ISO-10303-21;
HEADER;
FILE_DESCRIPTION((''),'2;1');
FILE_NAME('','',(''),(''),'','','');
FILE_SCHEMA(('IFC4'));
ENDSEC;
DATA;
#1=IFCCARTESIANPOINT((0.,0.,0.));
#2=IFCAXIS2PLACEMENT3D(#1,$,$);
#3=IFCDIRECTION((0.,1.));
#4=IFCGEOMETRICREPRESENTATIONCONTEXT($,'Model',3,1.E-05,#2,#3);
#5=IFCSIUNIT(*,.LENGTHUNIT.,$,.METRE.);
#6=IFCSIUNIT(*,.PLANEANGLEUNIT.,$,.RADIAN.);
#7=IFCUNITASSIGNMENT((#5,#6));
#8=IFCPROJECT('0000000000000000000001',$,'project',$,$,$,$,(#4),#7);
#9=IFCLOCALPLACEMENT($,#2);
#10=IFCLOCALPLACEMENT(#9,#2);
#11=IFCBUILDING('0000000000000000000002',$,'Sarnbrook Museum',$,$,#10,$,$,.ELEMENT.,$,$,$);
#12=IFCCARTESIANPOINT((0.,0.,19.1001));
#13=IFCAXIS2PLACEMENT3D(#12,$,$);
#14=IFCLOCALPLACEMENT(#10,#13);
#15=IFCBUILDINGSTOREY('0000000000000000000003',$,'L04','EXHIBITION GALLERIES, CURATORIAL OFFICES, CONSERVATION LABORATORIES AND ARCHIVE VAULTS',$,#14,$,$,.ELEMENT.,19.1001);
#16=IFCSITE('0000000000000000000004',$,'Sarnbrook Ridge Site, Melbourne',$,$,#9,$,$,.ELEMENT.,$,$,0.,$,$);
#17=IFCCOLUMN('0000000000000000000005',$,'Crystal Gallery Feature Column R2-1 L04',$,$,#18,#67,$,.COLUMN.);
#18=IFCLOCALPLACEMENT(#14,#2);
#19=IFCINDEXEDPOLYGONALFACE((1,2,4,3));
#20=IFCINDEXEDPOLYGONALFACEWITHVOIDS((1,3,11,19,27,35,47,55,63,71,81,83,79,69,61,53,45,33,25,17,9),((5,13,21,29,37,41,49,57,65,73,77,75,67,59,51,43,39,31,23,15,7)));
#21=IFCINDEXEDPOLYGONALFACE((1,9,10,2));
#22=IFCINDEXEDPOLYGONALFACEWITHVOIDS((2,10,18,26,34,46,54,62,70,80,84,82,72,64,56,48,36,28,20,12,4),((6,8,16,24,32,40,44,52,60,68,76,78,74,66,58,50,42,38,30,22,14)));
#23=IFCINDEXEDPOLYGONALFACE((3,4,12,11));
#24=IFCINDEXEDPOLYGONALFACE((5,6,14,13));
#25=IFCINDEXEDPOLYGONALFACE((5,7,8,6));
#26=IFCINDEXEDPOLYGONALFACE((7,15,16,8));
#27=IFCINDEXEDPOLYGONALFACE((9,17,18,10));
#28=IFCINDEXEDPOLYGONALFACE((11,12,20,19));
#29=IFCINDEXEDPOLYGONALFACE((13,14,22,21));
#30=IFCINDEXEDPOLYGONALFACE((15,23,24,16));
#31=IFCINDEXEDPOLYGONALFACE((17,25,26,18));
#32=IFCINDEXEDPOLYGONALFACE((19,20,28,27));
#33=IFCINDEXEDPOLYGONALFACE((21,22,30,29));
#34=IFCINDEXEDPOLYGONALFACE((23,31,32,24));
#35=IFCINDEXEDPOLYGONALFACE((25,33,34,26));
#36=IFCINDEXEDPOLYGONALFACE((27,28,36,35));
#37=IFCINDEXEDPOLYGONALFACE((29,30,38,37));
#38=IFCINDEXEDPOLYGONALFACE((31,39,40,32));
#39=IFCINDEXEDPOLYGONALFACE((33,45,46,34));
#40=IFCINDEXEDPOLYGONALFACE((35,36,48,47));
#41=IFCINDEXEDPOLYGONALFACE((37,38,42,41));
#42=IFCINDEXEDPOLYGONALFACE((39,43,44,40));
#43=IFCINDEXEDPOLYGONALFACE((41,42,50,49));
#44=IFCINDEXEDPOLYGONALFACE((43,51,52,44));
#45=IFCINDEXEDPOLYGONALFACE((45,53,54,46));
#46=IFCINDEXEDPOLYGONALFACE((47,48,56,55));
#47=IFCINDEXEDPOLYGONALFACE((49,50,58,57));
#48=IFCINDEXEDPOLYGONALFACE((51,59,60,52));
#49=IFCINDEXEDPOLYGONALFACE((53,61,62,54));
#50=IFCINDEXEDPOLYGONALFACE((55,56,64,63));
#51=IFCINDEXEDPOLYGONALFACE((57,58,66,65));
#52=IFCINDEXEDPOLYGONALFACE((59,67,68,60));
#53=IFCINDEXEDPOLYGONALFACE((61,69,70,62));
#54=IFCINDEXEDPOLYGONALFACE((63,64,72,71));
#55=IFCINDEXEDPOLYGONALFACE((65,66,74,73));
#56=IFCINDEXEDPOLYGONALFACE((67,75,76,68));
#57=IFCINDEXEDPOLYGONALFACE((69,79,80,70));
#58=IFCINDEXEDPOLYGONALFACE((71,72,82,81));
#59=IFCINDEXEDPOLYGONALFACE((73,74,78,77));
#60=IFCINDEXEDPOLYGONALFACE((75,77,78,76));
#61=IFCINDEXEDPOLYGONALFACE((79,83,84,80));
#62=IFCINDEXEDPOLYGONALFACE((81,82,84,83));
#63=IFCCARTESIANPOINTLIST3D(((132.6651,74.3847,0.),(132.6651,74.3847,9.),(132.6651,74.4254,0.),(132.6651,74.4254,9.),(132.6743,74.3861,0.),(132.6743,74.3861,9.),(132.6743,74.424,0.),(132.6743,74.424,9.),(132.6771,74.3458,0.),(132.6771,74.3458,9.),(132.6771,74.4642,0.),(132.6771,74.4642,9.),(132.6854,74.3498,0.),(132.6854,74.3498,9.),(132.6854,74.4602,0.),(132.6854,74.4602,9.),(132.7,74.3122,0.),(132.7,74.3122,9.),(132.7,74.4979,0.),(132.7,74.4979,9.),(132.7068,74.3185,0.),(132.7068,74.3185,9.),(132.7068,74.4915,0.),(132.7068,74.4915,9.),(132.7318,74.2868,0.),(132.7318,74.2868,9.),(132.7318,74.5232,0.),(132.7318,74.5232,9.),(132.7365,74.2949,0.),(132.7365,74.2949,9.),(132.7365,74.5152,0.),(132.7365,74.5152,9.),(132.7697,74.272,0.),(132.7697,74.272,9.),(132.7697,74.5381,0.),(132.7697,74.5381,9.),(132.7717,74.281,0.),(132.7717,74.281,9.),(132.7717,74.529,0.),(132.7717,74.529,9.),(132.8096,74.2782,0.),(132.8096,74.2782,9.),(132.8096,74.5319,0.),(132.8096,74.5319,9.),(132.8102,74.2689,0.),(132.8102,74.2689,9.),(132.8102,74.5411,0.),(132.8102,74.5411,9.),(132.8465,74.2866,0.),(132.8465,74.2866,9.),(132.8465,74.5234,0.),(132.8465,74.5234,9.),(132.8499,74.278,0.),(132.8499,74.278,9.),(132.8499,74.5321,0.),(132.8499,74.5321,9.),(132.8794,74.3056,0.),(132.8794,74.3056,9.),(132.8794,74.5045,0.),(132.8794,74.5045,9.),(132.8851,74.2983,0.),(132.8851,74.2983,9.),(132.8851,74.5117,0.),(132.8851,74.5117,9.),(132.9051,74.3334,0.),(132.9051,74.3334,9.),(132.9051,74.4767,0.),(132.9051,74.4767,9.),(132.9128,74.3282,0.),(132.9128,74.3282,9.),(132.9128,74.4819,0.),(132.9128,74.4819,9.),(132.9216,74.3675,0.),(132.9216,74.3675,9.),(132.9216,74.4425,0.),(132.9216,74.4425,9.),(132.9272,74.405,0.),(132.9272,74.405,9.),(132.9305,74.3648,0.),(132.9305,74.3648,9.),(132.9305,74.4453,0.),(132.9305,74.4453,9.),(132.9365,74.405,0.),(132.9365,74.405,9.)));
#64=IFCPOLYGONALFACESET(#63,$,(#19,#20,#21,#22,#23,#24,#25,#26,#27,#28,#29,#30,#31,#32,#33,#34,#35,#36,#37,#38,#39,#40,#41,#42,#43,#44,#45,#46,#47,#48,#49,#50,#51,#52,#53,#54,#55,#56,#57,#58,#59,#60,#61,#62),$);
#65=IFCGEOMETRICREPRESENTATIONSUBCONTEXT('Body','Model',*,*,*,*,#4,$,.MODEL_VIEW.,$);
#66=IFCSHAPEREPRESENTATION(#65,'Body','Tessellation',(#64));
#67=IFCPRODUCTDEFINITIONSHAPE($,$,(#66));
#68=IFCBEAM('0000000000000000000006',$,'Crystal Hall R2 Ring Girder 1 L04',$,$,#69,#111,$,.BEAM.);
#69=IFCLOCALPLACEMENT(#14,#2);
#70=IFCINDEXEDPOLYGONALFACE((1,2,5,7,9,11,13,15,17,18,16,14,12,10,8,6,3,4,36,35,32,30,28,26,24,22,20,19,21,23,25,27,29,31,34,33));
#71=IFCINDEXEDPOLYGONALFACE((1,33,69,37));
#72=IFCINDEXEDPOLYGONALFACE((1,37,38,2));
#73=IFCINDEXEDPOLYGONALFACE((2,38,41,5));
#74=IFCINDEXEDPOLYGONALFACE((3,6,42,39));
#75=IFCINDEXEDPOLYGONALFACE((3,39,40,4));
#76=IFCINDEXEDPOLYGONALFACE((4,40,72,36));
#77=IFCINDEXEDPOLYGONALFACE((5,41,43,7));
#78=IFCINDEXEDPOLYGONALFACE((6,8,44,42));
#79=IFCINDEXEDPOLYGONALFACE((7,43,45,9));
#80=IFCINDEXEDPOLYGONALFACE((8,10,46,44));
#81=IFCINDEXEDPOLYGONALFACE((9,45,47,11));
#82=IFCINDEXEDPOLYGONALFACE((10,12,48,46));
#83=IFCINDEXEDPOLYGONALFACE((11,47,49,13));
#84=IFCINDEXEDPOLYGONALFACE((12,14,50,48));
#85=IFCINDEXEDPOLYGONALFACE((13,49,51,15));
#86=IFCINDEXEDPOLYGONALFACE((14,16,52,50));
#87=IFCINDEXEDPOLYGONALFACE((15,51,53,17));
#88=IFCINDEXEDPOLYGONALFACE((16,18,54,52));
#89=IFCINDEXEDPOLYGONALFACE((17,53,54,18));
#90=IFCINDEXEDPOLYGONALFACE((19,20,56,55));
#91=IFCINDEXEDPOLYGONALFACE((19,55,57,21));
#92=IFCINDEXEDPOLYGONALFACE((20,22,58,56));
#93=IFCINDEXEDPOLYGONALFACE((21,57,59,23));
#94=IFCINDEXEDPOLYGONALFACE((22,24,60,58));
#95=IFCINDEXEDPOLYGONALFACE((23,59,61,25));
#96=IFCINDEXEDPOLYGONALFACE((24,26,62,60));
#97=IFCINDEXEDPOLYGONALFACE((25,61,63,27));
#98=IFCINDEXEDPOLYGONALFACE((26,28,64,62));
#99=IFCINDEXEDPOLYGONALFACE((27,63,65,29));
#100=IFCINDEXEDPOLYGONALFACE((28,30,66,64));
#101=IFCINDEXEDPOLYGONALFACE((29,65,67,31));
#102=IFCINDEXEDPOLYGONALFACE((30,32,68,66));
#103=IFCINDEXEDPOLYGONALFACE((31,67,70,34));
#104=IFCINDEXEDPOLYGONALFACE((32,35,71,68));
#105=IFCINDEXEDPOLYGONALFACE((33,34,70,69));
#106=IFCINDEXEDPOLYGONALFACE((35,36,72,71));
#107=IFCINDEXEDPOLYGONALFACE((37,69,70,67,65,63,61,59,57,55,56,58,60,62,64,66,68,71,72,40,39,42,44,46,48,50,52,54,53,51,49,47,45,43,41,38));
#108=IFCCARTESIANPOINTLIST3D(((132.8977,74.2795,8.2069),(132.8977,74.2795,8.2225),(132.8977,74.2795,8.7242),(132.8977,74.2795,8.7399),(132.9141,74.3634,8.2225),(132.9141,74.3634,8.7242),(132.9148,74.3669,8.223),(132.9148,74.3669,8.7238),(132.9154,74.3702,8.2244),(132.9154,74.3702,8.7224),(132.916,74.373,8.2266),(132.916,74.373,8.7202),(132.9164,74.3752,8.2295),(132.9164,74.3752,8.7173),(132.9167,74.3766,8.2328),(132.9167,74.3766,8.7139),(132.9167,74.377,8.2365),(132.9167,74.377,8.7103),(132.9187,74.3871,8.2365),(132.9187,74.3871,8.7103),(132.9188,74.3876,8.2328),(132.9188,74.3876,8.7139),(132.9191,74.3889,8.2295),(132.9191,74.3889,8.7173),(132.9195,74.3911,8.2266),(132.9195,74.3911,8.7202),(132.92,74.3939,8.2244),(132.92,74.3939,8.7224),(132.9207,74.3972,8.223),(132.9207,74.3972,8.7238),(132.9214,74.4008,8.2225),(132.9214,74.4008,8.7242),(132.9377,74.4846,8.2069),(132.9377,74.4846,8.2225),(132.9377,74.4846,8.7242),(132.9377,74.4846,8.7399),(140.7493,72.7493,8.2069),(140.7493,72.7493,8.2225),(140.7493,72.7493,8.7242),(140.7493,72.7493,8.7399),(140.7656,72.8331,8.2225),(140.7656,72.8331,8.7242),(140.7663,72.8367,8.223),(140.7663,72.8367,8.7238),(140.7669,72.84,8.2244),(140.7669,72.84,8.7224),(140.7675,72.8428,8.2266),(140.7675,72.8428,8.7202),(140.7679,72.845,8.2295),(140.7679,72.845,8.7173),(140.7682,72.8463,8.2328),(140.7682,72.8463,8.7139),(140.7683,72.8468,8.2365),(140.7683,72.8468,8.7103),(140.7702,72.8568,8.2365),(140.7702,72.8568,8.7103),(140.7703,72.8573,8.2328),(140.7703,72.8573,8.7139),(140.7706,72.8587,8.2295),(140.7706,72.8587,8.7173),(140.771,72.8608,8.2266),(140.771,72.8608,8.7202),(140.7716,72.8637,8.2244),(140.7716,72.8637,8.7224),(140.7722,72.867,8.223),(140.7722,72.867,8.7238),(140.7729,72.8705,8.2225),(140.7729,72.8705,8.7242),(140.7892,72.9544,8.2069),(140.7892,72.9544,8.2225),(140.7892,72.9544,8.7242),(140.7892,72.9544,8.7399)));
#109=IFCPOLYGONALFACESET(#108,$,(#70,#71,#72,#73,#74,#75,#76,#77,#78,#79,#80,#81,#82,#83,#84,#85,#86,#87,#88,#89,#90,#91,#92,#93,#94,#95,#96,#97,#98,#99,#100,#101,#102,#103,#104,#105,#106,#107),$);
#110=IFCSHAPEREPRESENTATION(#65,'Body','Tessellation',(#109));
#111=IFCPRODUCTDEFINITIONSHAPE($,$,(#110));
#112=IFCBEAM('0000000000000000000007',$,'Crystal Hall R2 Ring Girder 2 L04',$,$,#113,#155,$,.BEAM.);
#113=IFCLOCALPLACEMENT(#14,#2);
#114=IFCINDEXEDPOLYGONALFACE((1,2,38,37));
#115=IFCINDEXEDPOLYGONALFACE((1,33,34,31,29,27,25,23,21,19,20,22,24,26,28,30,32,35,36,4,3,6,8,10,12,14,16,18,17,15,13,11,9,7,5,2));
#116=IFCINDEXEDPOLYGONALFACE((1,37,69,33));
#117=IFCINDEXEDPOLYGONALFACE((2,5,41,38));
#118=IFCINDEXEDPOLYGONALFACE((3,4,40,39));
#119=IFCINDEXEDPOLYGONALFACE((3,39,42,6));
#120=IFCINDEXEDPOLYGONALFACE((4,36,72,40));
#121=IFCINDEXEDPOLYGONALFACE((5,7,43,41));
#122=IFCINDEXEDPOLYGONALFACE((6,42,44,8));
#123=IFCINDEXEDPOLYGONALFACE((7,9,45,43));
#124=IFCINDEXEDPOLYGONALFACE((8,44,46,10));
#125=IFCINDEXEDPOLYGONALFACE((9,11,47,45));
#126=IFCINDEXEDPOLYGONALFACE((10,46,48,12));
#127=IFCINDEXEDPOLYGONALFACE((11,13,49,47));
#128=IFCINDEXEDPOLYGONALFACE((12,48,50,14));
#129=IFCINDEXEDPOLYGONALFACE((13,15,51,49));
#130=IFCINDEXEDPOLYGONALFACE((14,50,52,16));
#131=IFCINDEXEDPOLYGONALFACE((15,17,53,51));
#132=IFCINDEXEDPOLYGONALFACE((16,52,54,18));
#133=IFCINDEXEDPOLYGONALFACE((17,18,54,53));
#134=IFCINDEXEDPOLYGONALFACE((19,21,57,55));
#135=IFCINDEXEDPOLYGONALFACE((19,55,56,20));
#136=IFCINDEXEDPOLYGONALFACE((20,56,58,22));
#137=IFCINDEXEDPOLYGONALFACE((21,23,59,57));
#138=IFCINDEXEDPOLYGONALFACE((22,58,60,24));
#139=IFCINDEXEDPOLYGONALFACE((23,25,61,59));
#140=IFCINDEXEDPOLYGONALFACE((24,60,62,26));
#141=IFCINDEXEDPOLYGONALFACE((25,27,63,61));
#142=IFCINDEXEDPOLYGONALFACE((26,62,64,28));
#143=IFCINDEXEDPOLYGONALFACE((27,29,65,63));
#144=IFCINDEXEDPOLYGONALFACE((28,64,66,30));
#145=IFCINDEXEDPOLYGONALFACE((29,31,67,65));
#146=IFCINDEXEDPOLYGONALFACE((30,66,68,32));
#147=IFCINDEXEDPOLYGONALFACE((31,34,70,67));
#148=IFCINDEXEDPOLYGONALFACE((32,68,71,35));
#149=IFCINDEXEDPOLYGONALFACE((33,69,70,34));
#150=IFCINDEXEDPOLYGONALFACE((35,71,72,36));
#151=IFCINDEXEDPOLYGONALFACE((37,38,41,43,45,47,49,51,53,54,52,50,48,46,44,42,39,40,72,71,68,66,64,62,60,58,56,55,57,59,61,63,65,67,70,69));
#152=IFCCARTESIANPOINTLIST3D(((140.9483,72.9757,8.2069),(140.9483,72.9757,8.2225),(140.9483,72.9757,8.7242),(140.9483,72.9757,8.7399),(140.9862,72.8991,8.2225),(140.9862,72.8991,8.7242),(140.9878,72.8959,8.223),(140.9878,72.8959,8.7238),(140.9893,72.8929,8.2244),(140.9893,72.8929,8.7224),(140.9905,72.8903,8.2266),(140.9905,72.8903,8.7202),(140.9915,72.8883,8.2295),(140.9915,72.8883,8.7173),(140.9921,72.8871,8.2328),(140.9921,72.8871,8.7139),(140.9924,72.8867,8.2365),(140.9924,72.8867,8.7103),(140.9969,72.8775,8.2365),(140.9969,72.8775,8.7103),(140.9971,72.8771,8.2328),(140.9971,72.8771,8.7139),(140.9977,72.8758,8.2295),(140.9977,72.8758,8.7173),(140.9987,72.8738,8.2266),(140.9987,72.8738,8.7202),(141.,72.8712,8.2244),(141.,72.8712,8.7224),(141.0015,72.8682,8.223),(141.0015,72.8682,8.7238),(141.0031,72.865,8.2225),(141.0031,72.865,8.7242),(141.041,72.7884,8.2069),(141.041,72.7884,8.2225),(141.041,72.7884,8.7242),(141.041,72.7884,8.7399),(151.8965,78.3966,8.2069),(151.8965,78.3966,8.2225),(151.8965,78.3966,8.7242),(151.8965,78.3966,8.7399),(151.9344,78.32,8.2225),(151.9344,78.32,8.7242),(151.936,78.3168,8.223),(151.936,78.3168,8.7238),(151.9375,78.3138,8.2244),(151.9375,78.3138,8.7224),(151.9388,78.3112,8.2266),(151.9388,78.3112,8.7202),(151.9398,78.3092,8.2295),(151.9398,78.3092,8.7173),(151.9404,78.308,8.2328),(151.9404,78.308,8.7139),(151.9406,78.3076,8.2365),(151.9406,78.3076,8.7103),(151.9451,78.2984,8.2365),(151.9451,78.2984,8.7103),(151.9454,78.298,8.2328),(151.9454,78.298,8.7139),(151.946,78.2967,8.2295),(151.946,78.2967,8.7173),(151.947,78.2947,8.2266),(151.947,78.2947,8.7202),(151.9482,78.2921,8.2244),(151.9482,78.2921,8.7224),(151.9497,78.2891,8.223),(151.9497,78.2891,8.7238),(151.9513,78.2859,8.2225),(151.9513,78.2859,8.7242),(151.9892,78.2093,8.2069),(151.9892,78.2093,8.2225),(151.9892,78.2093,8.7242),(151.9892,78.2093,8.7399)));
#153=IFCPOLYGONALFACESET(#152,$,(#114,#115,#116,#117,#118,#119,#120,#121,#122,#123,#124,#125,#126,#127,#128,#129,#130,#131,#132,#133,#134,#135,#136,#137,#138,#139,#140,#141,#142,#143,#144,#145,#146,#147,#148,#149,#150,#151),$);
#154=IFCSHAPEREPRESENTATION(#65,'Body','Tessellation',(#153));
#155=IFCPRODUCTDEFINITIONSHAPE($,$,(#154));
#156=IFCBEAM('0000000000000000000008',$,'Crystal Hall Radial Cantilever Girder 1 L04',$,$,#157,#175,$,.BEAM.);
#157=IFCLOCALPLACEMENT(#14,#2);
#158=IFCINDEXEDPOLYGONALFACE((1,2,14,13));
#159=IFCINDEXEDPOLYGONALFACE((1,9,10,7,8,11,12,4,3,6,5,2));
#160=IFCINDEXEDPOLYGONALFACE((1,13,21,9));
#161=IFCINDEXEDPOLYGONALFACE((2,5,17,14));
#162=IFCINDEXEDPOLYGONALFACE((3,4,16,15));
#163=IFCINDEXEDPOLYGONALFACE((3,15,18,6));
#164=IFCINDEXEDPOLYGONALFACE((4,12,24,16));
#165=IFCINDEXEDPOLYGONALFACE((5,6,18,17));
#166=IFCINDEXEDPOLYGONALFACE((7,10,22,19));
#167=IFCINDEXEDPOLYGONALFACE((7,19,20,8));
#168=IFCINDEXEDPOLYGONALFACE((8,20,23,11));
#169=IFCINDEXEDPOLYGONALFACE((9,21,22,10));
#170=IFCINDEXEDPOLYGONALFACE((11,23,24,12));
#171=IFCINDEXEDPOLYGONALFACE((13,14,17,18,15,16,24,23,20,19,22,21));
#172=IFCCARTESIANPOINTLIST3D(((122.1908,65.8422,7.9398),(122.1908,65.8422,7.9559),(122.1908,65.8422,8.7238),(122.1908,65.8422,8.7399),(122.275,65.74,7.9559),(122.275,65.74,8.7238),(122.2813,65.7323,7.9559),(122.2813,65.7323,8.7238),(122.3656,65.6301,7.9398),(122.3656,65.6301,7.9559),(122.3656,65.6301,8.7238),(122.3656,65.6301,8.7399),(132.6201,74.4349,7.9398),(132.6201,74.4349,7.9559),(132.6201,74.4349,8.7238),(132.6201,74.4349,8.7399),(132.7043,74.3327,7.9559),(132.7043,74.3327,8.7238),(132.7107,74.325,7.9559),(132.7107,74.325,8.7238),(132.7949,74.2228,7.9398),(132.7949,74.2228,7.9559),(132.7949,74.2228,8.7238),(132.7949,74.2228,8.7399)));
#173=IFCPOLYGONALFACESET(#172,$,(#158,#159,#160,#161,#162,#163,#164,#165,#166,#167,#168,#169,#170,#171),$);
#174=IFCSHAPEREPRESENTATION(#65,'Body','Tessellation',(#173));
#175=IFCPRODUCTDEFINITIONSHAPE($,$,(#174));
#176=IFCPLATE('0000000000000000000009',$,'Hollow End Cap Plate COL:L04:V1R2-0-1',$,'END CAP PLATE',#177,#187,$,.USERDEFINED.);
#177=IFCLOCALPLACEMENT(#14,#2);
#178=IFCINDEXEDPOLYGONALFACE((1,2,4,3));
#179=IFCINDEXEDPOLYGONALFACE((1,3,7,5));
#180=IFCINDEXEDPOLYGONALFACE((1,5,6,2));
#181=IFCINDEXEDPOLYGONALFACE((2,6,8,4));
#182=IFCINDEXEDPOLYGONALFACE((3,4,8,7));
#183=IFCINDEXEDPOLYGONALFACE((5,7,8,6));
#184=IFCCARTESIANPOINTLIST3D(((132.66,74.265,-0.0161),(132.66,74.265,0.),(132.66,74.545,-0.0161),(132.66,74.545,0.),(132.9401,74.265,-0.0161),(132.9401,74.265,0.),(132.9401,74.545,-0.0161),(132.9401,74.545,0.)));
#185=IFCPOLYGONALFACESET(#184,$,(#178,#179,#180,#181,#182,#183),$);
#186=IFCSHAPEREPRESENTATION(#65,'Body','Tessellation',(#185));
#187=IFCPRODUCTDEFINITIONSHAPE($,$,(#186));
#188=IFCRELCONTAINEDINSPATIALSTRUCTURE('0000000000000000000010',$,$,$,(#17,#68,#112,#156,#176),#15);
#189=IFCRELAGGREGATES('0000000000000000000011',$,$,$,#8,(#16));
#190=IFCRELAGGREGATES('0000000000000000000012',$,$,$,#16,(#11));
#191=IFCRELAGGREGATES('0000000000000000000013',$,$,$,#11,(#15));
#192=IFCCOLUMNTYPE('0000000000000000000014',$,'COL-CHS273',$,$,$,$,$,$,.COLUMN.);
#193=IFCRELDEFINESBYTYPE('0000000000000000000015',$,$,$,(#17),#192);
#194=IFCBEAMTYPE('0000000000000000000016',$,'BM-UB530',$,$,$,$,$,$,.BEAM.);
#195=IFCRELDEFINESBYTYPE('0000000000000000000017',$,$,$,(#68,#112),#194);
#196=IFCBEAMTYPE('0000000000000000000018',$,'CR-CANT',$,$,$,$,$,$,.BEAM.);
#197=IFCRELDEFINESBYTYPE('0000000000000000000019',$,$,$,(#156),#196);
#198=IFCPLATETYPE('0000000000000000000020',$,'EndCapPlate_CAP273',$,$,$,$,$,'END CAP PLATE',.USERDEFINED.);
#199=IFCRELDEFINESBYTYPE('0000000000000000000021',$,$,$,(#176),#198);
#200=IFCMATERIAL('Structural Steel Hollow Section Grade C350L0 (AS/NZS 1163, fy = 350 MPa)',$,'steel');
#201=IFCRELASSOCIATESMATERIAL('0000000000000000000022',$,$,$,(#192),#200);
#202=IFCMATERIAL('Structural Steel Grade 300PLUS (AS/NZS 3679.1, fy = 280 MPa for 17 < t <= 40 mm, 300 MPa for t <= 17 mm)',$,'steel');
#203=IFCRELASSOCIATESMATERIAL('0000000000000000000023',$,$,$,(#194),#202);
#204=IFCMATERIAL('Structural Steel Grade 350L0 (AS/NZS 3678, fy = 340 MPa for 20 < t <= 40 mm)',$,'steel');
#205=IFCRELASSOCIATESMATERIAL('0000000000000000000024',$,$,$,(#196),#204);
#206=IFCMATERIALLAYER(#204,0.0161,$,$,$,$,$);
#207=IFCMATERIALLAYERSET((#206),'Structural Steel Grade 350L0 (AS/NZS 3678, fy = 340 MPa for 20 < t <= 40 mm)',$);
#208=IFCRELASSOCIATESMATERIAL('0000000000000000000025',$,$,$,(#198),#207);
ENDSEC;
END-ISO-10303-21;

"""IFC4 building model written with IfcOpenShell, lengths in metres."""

from ifc_helpers import new_model, si_unit, direction, frame, origin, origin_2d, place, context, subcontext, project, spatial, rectangle, hollow_circle, i_section, extrude, material, layer, layer_set, material_profile, profile_set, type_object, element, save


model = new_model("IFC4")

# Units and contexts
model_context = context("Model", 3, precision=1e-05, world=origin(), true_north=direction((0.0, 1.0)))
body_context = subcontext(model_context, "Body", "Model", "MODEL_VIEW")
ifc_project = project(units=[si_unit("LENGTHUNIT", "METRE"), si_unit("PLANEANGLEUNIT", "RADIAN")], contexts=[model_context])

# Site, building, storey
site_placement = place(None, origin())
site = spatial("IfcSite", under=ifc_project, at=site_placement, Name="Sarnbrook Ridge Site, Melbourne", CompositionType="ELEMENT", RefElevation=0.0)
building_placement = place(site_placement, origin())
building = spatial("IfcBuilding", under=site, at=building_placement, Name="Sarnbrook Museum", CompositionType="ELEMENT")
storey_placement = place(building_placement, frame((0.0, 0.0, 19.1001)))
storey = spatial("IfcBuildingStorey", under=building, at=storey_placement, Name="L04", Description="EXHIBITION GALLERIES, CURATORIAL OFFICES, CONSERVATION LABORATORIES AND ARCHIVE VAULTS", CompositionType="ELEMENT", Elevation=19.1001)

# Column
ifc_material_1 = material(Name="Structural Steel Hollow Section Grade C350L0 (AS/NZS 1163, fy = 350 MPa)", Category="steel")
ifc_material_profile_1 = material_profile(ifc_material_1, hollow_circle(Radius=0.1365, WallThickness=0.0093, at=origin_2d()), Name="273.1x9.3CHS")
ifc_profile_set_1 = profile_set([ifc_material_profile_1], Name="Structural Steel Hollow Section Grade C350L0 (AS/NZS 1163, fy = 350 MPa)")
column_type = type_object("IfcColumnType", Name="COL-CHS273", PredefinedType="COLUMN", material=ifc_profile_set_1)
column_placement = place(storey_placement, frame((132.8, 74.405, 0.0), z_axis=(0.0, 0.0, 1.0), x_axis=(1.0, 0.0, 0.0)))
element("IfcColumn", 1, at=column_placement, inside=storey, type_object=column_type, Name="Crystal Gallery Feature Column R2-1 L04", PredefinedType="COLUMN", context=body_context, shape_type="SweptSolid", body=[
    extrude(hollow_circle(Radius=0.1365, WallThickness=0.0093, at=origin_2d()), origin(), (0.0, 0.0, 1.0), 9.0),
])

# Beams
ifc_material_2 = material(Name="Structural Steel Grade 300PLUS (AS/NZS 3679.1, fy = 280 MPa for 17 < t <= 40 mm, 300 MPa for t <= 17 mm)", Category="steel")
ifc_material_profile_2 = material_profile(ifc_material_2, i_section(OverallWidth=0.209, OverallDepth=0.533, WebThickness=0.0103, FlangeThickness=0.0156, FilletRadius=0.0139, at=origin_2d()), Name="530UB92.4")
ifc_profile_set_2 = profile_set([ifc_material_profile_2], Name="Structural Steel Grade 300PLUS (AS/NZS 3679.1, fy = 280 MPa for 17 < t <= 40 mm, 300 MPa for t <= 17 mm)")
beam_type_1 = type_object("IfcBeamType", Name="BM-UB530", PredefinedType="BEAM", material=ifc_profile_set_2)
beam_1_placement = place(storey_placement, frame((132.9177, 74.3821, 8.4734), z_axis=(0.981531, -0.191301, 0.0), x_axis=(0.191301, 0.981531, 0.0)))
element("IfcBeam", 2, at=beam_1_placement, inside=storey, type_object=beam_type_1, Name="Crystal Hall R2 Ring Girder 1 L04", PredefinedType="BEAM", context=body_context, shape_type="SweptSolid", body=[
    extrude(i_section(OverallWidth=0.209, OverallDepth=0.533, WebThickness=0.0103, FlangeThickness=0.0156, FilletRadius=0.0139, at=origin_2d()), origin(), (0.0, 0.0, 1.0), 7.9993),
])
beam_2_placement = place(storey_placement, frame((140.9946, 72.8821, 8.4734), z_axis=(0.896163, 0.443725, 0.0), x_axis=(-0.443725, 0.896163, 0.0)))
element("IfcBeam", 3, at=beam_2_placement, inside=storey, type_object=beam_type_1, Name="Crystal Hall R2 Ring Girder 2 L04", PredefinedType="BEAM", context=body_context, shape_type="SweptSolid", body=[
    extrude(i_section(OverallWidth=0.209, OverallDepth=0.533, WebThickness=0.0103, FlangeThickness=0.0156, FilletRadius=0.0139, at=origin_2d()), origin(), (0.0, 0.0, 1.0), 12.2168),
])
ifc_material_3 = material(Name="Structural Steel Grade 350L0 (AS/NZS 3678, fy = 340 MPa for 20 < t <= 40 mm)", Category="steel")
ifc_material_profile_3 = material_profile(ifc_material_3, i_section(OverallWidth=0.2749, OverallDepth=0.8, WebThickness=0.01, FlangeThickness=0.0161, at=origin_2d()), Name="800WB146")
ifc_profile_set_3 = profile_set([ifc_material_profile_3], Name="Structural Steel Grade 350L0 (AS/NZS 3678, fy = 340 MPa for 20 < t <= 40 mm)")
beam_type_2 = type_object("IfcBeamType", Name="CR-CANT", PredefinedType="BEAM", material=ifc_profile_set_3)
beam_3_placement = place(storey_placement, frame((132.7075, 74.3289, 8.3398), z_axis=(-0.771791, -0.635876, 0.0), x_axis=(0.635876, -0.771791, 0.0)))
element("IfcBeam", 4, at=beam_3_placement, inside=storey, type_object=beam_type_2, Name="Crystal Hall Radial Cantilever Girder 1 L04", PredefinedType="BEAM", context=body_context, shape_type="SweptSolid", body=[
    extrude(i_section(OverallWidth=0.2749, OverallDepth=0.8, WebThickness=0.01, FlangeThickness=0.0161, at=origin_2d()), origin(), (0.0, 0.0, 1.0), 13.5132),
])

# Plate
ifc_layer_1 = layer(ifc_material_3, 0.0161)
ifc_layer_set_1 = layer_set([ifc_layer_1], Name="Structural Steel Grade 350L0 (AS/NZS 3678, fy = 340 MPa for 20 < t <= 40 mm)")
plate_type = type_object("IfcPlateType", Name="EndCapPlate_CAP273", ElementType="END CAP PLATE", PredefinedType="USERDEFINED", material=ifc_layer_set_1)
for number, where, z_axis, x_axis, name in (
    (5, (132.8, 74.405, -0.0161), (0.0, 0.0, 1.0), (1.0, 0.0, 0.0), "Hollow End Cap Plate COL:L04:V1R2-0-1"),
):
    element("IfcPlate", number, at=place(storey_placement, frame(where, z_axis=z_axis, x_axis=x_axis)), inside=storey, type_object=plate_type, Name=name, ObjectType="END CAP PLATE", PredefinedType="USERDEFINED", context=body_context, shape_type="SweptSolid", body=[
        extrude(rectangle(XDim=0.28, YDim=0.28, at=origin_2d()), origin(), (0.0, 0.0, 1.0), 0.0161),
    ])

save(model, "model.ifc")
